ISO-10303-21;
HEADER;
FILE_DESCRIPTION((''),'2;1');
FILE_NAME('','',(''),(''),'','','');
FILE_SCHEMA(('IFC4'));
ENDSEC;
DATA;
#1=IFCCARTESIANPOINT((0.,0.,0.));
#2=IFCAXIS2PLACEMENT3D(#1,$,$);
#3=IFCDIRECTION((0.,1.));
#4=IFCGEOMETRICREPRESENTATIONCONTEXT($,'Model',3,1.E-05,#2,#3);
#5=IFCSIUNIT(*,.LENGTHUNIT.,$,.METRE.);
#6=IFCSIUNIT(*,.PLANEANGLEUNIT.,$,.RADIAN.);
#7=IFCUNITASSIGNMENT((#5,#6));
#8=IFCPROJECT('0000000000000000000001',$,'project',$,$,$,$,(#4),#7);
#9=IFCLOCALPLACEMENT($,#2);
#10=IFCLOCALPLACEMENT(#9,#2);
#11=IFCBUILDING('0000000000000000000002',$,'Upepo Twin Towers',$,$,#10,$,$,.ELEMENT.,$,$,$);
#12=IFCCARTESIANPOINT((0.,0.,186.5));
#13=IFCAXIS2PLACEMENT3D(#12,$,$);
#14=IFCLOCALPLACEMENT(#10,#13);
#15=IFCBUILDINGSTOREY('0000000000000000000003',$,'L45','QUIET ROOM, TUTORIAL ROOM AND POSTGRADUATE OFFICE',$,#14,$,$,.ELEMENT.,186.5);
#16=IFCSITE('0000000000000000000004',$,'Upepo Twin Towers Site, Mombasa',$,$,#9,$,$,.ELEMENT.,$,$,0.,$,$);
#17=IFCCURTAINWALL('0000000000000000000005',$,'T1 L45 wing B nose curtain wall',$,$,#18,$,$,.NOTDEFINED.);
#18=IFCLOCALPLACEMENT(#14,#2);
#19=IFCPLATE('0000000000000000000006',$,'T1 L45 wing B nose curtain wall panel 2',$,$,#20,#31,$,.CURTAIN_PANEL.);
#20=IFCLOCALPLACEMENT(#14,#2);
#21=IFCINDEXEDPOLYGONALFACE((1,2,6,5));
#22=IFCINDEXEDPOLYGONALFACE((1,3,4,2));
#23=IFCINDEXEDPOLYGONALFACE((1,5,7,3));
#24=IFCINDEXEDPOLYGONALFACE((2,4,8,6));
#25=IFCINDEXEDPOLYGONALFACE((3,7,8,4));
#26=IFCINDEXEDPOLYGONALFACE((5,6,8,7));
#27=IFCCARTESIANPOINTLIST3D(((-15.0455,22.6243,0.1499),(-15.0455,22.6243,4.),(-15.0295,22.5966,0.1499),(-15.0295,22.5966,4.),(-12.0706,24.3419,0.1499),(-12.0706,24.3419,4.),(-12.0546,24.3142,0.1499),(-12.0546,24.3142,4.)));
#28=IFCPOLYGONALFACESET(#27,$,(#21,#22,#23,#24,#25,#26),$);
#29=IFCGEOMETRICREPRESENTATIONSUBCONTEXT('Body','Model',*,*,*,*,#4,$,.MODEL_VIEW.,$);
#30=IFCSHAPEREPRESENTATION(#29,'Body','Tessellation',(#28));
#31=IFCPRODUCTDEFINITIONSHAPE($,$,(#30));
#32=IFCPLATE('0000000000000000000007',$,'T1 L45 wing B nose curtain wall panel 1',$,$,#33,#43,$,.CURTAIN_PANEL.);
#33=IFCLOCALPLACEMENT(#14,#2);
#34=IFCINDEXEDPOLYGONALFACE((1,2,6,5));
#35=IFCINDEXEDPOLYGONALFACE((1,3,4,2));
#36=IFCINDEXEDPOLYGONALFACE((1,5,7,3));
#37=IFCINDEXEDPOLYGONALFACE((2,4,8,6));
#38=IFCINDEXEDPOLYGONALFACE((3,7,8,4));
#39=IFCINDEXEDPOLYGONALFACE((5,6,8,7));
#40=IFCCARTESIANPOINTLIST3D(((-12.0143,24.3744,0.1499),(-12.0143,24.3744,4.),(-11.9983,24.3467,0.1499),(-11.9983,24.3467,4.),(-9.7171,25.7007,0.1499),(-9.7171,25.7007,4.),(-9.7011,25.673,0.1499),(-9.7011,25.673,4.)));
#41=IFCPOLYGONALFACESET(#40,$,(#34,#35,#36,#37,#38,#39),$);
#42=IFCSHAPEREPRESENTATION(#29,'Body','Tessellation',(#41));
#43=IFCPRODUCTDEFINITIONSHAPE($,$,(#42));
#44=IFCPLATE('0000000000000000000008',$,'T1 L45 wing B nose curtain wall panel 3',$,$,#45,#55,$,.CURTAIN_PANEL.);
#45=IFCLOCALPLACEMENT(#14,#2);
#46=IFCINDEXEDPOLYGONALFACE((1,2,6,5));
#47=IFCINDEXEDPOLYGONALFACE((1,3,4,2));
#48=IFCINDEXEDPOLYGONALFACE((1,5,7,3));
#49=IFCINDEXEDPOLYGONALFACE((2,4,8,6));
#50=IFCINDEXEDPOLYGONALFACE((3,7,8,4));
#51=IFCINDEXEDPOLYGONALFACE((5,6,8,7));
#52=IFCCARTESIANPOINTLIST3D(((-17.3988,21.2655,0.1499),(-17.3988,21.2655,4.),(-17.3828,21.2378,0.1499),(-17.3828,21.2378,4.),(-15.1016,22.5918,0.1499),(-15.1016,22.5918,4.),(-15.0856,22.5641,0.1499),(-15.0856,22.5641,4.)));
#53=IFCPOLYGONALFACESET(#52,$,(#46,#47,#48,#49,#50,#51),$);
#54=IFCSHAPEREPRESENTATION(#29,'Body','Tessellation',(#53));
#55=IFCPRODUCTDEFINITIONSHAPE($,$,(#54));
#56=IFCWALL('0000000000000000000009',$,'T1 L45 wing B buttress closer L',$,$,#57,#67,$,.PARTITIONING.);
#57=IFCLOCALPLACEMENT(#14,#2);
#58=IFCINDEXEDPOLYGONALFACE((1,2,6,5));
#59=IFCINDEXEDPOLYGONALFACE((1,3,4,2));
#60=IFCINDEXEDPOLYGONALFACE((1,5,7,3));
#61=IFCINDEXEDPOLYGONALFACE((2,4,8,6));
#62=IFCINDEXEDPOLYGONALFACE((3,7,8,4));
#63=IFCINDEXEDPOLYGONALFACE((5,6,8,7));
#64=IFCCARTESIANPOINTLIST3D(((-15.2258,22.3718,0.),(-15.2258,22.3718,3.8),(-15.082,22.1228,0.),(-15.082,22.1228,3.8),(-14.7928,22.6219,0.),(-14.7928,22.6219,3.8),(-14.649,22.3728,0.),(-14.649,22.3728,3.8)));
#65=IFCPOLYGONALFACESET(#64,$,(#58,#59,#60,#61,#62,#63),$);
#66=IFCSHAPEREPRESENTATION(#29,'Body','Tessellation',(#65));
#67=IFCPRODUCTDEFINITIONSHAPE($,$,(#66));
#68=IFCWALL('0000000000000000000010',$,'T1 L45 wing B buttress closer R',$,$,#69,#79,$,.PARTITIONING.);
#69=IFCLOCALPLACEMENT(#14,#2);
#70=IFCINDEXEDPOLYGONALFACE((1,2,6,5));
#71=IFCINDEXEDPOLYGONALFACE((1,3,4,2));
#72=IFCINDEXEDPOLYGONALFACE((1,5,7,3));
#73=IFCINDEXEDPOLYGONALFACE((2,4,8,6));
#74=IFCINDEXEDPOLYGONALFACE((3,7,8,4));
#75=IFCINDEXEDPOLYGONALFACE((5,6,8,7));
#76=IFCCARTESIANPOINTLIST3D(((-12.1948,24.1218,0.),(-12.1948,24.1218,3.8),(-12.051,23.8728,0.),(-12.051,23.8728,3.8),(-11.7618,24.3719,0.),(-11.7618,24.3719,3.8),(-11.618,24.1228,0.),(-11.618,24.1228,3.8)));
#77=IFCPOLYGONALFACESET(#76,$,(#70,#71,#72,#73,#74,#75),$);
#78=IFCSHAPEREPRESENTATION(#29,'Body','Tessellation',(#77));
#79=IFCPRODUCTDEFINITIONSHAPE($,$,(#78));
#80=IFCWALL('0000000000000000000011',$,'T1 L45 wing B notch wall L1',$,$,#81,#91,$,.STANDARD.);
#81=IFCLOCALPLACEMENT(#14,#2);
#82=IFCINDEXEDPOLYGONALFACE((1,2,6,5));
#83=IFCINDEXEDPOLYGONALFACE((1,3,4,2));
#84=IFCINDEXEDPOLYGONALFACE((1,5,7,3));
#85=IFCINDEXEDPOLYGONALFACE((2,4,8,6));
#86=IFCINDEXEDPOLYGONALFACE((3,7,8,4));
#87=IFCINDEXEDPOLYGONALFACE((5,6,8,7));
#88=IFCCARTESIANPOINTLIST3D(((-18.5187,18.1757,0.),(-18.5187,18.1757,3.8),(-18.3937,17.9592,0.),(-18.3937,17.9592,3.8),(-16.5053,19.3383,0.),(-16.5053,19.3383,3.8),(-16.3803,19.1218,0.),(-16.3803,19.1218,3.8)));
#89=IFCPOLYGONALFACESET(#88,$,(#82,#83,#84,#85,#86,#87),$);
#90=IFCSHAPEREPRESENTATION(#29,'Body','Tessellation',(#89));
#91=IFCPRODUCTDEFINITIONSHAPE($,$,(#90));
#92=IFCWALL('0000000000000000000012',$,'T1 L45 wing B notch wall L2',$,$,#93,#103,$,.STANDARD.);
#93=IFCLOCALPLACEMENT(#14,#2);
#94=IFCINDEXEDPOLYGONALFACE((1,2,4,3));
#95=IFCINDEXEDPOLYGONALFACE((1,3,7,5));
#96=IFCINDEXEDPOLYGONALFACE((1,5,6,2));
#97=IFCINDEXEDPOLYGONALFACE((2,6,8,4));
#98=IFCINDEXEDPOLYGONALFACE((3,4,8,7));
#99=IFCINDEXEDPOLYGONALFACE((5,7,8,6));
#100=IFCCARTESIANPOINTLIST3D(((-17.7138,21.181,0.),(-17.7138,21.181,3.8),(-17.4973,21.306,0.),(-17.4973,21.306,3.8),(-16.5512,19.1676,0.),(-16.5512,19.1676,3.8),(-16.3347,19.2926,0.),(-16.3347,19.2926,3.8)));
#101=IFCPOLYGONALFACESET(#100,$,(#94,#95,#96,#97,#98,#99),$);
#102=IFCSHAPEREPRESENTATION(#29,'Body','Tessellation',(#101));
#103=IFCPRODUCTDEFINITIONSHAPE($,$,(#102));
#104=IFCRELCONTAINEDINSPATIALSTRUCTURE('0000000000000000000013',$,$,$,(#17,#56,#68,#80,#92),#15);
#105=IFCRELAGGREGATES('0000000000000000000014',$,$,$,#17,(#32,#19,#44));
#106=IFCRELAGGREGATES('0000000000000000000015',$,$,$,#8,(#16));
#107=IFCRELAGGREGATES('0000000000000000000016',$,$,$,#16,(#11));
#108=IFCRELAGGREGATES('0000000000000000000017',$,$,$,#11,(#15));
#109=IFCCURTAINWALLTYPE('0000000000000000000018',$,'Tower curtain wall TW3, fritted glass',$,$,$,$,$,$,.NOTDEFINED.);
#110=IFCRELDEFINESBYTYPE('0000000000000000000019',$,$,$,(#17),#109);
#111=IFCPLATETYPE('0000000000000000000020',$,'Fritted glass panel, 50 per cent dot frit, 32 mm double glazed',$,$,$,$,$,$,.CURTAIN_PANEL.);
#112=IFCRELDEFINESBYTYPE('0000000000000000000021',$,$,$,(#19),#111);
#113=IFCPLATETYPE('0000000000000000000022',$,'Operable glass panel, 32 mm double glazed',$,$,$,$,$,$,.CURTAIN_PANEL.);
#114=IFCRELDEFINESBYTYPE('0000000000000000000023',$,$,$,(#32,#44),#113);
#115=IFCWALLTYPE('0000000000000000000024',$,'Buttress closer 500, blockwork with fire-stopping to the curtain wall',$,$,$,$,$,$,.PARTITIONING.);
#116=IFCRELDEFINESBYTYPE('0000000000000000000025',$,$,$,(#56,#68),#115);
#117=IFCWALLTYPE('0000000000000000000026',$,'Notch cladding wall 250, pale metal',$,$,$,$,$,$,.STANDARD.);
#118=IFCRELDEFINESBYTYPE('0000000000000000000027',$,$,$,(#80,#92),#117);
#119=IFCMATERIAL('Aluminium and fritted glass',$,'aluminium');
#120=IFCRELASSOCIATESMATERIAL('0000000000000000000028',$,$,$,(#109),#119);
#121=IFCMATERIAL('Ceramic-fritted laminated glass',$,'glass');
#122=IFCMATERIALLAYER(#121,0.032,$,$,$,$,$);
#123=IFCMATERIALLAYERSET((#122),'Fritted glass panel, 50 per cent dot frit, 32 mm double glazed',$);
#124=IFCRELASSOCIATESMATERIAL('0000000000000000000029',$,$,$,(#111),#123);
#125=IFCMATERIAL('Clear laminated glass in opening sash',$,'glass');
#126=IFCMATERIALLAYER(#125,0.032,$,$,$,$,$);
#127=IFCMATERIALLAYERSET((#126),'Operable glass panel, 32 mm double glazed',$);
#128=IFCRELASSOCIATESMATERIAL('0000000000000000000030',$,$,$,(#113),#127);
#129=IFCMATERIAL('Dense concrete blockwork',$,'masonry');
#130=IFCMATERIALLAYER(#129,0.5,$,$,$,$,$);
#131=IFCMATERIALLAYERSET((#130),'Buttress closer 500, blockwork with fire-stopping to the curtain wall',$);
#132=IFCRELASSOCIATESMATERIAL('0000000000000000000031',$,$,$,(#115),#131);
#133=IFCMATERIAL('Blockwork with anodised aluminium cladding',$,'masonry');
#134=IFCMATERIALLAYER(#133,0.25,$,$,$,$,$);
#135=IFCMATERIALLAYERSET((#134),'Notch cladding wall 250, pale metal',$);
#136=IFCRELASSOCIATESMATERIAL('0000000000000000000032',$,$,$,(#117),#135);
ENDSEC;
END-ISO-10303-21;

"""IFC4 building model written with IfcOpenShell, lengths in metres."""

from ifc_helpers import new_model, si_unit, direction, frame, frame_2d, origin, origin_2d, place, context, subcontext, project, spatial, rectangle, extrude, material, layer, layer_set, type_object, element, aggregate, save


model = new_model("IFC4")

# Units and contexts
model_context = context("Model", 3, precision=1e-05, world=origin(), true_north=direction((0.0, 1.0)))
body_context = subcontext(model_context, "Body", "Model", "MODEL_VIEW")
ifc_project = project(units=[si_unit("LENGTHUNIT", "METRE"), si_unit("PLANEANGLEUNIT", "RADIAN")], contexts=[model_context])

# Site, building, storey
site_placement = place(None, origin())
site = spatial("IfcSite", under=ifc_project, at=site_placement, Name="Upepo Twin Towers Site, Mombasa", CompositionType="ELEMENT", RefElevation=0.0)
building_placement = place(site_placement, origin())
building = spatial("IfcBuilding", under=site, at=building_placement, Name="Upepo Twin Towers", CompositionType="ELEMENT")
storey_placement = place(building_placement, frame((0.0, 0.0, 186.5)))
storey = spatial("IfcBuildingStorey", under=building, at=storey_placement, Name="L45", Description="QUIET ROOM, TUTORIAL ROOM AND POSTGRADUATE OFFICE", CompositionType="ELEMENT", Elevation=186.5)

# Shared definitions
ifc_material_1 = material(Name="Aluminium and fritted glass", Category="aluminium")
curtain_wall_type = type_object("IfcCurtainWallType", Name="Tower curtain wall TW3, fritted glass", PredefinedType="NOTDEFINED", material=ifc_material_1)

# Curtain wall
curtain_wall_1_placement = place(storey_placement, origin())
curtain_wall_1 = element("IfcCurtainWall", 1, at=curtain_wall_1_placement, inside=storey, type_object=curtain_wall_type, Name="T1 L45 wing B nose curtain wall", PredefinedType="NOTDEFINED")

# Plates
ifc_material_2 = material(Name="Ceramic-fritted laminated glass", Category="glass")
ifc_layer_1 = layer(ifc_material_2, 0.032)
ifc_layer_set_1 = layer_set([ifc_layer_1], Name="Fritted glass panel, 50 per cent dot frit, 32 mm double glazed")
plate_type_1 = type_object("IfcPlateType", Name="Fritted glass panel, 50 per cent dot frit, 32 mm double glazed", PredefinedType="CURTAIN_PANEL", material=ifc_layer_set_1)
plate_1_placement = place(storey_placement, frame((-13.55, 23.4692, 0.1499), z_axis=(0.0, 0.0, 1.0), x_axis=(-0.866025, -0.5, 0.0)))
plate_1 = element("IfcPlate", 2, at=plate_1_placement, type_object=plate_type_1, Name="T1 L45 wing B nose curtain wall panel 2", PredefinedType="CURTAIN_PANEL", context=body_context, shape_type="SweptSolid", body=[
    extrude(rectangle(XDim=3.4351, YDim=0.032, at=origin_2d()), origin(), (0.0, 0.0, 1.0), 3.8501),
])
ifc_material_3 = material(Name="Clear laminated glass in opening sash", Category="glass")
ifc_layer_2 = layer(ifc_material_3, 0.032)
ifc_layer_set_2 = layer_set([ifc_layer_2], Name="Operable glass panel, 32 mm double glazed")
plate_type_2 = type_object("IfcPlateType", Name="Operable glass panel, 32 mm double glazed", PredefinedType="CURTAIN_PANEL", material=ifc_layer_set_2)
plate_2_placement = place(storey_placement, frame((-10.8577, 25.0237, 0.1499), z_axis=(0.0, 0.0, 1.0), x_axis=(-0.866025, -0.5, 0.0)))
plate_2 = element("IfcPlate", 3, at=plate_2_placement, type_object=plate_type_2, Name="T1 L45 wing B nose curtain wall panel 1", PredefinedType="CURTAIN_PANEL", context=body_context, shape_type="SweptSolid", body=[
    extrude(rectangle(XDim=2.6526, YDim=0.032, at=origin_2d()), origin(), (0.0, 0.0, 1.0), 3.8501),
])
plate_3_placement = place(storey_placement, frame((-16.2422, 21.9148, 0.1499), z_axis=(0.0, 0.0, 1.0), x_axis=(-0.866025, -0.5, 0.0)))
plate_3 = element("IfcPlate", 4, at=plate_3_placement, type_object=plate_type_2, Name="T1 L45 wing B nose curtain wall panel 3", PredefinedType="CURTAIN_PANEL", context=body_context, shape_type="SweptSolid", body=[
    extrude(rectangle(XDim=2.6526, YDim=0.032, at=origin_2d()), origin(), (0.0, 0.0, 1.0), 3.8501),
])
aggregate(curtain_wall_1, [plate_2, plate_1, plate_3])

# Walls
ifc_material_4 = material(Name="Dense concrete blockwork", Category="masonry")
ifc_layer_3 = layer(ifc_material_4, 0.5)
ifc_layer_set_3 = layer_set([ifc_layer_3], Name="Buttress closer 500, blockwork with fire-stopping to the curtain wall")
wall_type_1 = type_object("IfcWallType", Name="Buttress closer 500, blockwork with fire-stopping to the curtain wall", PredefinedType="PARTITIONING", material=ifc_layer_set_3)
for number, where, z_axis, x_axis, name in (
    (5, (-14.8655, 22.2478, 0.0), (0.0, 0.0, 1.0), (-0.500065, 0.865988, 0.0), "T1 L45 wing B buttress closer L"),
    (6, (-11.8345, 23.9978, 0.0), (0.0, 0.0, 1.0), (-0.500065, 0.865988, 0.0), "T1 L45 wing B buttress closer R"),
):
    element("IfcWall", number, at=place(storey_placement, frame(where, z_axis=z_axis, x_axis=x_axis)), inside=storey, type_object=wall_type_1, Name=name, PredefinedType="PARTITIONING", context=body_context, shape_type="SweptSolid", body=[
        extrude(rectangle(XDim=0.2876, YDim=0.5, at=frame_2d((0.1438, 0.0))), origin(), (0.0, 0.0, 1.0), 3.8),
    ])
ifc_material_5 = material(Name="Blockwork with anodised aluminium cladding", Category="masonry")
ifc_layer_4 = layer(ifc_material_5, 0.25)
ifc_layer_set_4 = layer_set([ifc_layer_4], Name="Notch cladding wall 250, pale metal")
wall_type_2 = type_object("IfcWallType", Name="Notch cladding wall 250, pale metal", PredefinedType="STANDARD", material=ifc_layer_set_4)
for number, where, z_axis, x_axis, name in (
    (7, (-18.4563, 18.0674, 0.0), (0.0, 0.0, 1.0), (0.865998, 0.500047, 0.0), "T1 L45 wing B notch wall L1"),
    (8, (-16.4429, 19.23, 0.0), (0.0, 0.0, 1.0), (-0.500047, 0.865998, 0.0), "T1 L45 wing B notch wall L2"),
):
    element("IfcWall", number, at=place(storey_placement, frame(where, z_axis=z_axis, x_axis=x_axis)), inside=storey, type_object=wall_type_2, Name=name, PredefinedType="STANDARD", context=body_context, shape_type="SweptSolid", body=[
        extrude(rectangle(XDim=2.325, YDim=0.25, at=frame_2d((1.1626, 0.0))), origin(), (0.0, 0.0, 1.0), 3.8),
    ])

save(model, "model.ifc")
